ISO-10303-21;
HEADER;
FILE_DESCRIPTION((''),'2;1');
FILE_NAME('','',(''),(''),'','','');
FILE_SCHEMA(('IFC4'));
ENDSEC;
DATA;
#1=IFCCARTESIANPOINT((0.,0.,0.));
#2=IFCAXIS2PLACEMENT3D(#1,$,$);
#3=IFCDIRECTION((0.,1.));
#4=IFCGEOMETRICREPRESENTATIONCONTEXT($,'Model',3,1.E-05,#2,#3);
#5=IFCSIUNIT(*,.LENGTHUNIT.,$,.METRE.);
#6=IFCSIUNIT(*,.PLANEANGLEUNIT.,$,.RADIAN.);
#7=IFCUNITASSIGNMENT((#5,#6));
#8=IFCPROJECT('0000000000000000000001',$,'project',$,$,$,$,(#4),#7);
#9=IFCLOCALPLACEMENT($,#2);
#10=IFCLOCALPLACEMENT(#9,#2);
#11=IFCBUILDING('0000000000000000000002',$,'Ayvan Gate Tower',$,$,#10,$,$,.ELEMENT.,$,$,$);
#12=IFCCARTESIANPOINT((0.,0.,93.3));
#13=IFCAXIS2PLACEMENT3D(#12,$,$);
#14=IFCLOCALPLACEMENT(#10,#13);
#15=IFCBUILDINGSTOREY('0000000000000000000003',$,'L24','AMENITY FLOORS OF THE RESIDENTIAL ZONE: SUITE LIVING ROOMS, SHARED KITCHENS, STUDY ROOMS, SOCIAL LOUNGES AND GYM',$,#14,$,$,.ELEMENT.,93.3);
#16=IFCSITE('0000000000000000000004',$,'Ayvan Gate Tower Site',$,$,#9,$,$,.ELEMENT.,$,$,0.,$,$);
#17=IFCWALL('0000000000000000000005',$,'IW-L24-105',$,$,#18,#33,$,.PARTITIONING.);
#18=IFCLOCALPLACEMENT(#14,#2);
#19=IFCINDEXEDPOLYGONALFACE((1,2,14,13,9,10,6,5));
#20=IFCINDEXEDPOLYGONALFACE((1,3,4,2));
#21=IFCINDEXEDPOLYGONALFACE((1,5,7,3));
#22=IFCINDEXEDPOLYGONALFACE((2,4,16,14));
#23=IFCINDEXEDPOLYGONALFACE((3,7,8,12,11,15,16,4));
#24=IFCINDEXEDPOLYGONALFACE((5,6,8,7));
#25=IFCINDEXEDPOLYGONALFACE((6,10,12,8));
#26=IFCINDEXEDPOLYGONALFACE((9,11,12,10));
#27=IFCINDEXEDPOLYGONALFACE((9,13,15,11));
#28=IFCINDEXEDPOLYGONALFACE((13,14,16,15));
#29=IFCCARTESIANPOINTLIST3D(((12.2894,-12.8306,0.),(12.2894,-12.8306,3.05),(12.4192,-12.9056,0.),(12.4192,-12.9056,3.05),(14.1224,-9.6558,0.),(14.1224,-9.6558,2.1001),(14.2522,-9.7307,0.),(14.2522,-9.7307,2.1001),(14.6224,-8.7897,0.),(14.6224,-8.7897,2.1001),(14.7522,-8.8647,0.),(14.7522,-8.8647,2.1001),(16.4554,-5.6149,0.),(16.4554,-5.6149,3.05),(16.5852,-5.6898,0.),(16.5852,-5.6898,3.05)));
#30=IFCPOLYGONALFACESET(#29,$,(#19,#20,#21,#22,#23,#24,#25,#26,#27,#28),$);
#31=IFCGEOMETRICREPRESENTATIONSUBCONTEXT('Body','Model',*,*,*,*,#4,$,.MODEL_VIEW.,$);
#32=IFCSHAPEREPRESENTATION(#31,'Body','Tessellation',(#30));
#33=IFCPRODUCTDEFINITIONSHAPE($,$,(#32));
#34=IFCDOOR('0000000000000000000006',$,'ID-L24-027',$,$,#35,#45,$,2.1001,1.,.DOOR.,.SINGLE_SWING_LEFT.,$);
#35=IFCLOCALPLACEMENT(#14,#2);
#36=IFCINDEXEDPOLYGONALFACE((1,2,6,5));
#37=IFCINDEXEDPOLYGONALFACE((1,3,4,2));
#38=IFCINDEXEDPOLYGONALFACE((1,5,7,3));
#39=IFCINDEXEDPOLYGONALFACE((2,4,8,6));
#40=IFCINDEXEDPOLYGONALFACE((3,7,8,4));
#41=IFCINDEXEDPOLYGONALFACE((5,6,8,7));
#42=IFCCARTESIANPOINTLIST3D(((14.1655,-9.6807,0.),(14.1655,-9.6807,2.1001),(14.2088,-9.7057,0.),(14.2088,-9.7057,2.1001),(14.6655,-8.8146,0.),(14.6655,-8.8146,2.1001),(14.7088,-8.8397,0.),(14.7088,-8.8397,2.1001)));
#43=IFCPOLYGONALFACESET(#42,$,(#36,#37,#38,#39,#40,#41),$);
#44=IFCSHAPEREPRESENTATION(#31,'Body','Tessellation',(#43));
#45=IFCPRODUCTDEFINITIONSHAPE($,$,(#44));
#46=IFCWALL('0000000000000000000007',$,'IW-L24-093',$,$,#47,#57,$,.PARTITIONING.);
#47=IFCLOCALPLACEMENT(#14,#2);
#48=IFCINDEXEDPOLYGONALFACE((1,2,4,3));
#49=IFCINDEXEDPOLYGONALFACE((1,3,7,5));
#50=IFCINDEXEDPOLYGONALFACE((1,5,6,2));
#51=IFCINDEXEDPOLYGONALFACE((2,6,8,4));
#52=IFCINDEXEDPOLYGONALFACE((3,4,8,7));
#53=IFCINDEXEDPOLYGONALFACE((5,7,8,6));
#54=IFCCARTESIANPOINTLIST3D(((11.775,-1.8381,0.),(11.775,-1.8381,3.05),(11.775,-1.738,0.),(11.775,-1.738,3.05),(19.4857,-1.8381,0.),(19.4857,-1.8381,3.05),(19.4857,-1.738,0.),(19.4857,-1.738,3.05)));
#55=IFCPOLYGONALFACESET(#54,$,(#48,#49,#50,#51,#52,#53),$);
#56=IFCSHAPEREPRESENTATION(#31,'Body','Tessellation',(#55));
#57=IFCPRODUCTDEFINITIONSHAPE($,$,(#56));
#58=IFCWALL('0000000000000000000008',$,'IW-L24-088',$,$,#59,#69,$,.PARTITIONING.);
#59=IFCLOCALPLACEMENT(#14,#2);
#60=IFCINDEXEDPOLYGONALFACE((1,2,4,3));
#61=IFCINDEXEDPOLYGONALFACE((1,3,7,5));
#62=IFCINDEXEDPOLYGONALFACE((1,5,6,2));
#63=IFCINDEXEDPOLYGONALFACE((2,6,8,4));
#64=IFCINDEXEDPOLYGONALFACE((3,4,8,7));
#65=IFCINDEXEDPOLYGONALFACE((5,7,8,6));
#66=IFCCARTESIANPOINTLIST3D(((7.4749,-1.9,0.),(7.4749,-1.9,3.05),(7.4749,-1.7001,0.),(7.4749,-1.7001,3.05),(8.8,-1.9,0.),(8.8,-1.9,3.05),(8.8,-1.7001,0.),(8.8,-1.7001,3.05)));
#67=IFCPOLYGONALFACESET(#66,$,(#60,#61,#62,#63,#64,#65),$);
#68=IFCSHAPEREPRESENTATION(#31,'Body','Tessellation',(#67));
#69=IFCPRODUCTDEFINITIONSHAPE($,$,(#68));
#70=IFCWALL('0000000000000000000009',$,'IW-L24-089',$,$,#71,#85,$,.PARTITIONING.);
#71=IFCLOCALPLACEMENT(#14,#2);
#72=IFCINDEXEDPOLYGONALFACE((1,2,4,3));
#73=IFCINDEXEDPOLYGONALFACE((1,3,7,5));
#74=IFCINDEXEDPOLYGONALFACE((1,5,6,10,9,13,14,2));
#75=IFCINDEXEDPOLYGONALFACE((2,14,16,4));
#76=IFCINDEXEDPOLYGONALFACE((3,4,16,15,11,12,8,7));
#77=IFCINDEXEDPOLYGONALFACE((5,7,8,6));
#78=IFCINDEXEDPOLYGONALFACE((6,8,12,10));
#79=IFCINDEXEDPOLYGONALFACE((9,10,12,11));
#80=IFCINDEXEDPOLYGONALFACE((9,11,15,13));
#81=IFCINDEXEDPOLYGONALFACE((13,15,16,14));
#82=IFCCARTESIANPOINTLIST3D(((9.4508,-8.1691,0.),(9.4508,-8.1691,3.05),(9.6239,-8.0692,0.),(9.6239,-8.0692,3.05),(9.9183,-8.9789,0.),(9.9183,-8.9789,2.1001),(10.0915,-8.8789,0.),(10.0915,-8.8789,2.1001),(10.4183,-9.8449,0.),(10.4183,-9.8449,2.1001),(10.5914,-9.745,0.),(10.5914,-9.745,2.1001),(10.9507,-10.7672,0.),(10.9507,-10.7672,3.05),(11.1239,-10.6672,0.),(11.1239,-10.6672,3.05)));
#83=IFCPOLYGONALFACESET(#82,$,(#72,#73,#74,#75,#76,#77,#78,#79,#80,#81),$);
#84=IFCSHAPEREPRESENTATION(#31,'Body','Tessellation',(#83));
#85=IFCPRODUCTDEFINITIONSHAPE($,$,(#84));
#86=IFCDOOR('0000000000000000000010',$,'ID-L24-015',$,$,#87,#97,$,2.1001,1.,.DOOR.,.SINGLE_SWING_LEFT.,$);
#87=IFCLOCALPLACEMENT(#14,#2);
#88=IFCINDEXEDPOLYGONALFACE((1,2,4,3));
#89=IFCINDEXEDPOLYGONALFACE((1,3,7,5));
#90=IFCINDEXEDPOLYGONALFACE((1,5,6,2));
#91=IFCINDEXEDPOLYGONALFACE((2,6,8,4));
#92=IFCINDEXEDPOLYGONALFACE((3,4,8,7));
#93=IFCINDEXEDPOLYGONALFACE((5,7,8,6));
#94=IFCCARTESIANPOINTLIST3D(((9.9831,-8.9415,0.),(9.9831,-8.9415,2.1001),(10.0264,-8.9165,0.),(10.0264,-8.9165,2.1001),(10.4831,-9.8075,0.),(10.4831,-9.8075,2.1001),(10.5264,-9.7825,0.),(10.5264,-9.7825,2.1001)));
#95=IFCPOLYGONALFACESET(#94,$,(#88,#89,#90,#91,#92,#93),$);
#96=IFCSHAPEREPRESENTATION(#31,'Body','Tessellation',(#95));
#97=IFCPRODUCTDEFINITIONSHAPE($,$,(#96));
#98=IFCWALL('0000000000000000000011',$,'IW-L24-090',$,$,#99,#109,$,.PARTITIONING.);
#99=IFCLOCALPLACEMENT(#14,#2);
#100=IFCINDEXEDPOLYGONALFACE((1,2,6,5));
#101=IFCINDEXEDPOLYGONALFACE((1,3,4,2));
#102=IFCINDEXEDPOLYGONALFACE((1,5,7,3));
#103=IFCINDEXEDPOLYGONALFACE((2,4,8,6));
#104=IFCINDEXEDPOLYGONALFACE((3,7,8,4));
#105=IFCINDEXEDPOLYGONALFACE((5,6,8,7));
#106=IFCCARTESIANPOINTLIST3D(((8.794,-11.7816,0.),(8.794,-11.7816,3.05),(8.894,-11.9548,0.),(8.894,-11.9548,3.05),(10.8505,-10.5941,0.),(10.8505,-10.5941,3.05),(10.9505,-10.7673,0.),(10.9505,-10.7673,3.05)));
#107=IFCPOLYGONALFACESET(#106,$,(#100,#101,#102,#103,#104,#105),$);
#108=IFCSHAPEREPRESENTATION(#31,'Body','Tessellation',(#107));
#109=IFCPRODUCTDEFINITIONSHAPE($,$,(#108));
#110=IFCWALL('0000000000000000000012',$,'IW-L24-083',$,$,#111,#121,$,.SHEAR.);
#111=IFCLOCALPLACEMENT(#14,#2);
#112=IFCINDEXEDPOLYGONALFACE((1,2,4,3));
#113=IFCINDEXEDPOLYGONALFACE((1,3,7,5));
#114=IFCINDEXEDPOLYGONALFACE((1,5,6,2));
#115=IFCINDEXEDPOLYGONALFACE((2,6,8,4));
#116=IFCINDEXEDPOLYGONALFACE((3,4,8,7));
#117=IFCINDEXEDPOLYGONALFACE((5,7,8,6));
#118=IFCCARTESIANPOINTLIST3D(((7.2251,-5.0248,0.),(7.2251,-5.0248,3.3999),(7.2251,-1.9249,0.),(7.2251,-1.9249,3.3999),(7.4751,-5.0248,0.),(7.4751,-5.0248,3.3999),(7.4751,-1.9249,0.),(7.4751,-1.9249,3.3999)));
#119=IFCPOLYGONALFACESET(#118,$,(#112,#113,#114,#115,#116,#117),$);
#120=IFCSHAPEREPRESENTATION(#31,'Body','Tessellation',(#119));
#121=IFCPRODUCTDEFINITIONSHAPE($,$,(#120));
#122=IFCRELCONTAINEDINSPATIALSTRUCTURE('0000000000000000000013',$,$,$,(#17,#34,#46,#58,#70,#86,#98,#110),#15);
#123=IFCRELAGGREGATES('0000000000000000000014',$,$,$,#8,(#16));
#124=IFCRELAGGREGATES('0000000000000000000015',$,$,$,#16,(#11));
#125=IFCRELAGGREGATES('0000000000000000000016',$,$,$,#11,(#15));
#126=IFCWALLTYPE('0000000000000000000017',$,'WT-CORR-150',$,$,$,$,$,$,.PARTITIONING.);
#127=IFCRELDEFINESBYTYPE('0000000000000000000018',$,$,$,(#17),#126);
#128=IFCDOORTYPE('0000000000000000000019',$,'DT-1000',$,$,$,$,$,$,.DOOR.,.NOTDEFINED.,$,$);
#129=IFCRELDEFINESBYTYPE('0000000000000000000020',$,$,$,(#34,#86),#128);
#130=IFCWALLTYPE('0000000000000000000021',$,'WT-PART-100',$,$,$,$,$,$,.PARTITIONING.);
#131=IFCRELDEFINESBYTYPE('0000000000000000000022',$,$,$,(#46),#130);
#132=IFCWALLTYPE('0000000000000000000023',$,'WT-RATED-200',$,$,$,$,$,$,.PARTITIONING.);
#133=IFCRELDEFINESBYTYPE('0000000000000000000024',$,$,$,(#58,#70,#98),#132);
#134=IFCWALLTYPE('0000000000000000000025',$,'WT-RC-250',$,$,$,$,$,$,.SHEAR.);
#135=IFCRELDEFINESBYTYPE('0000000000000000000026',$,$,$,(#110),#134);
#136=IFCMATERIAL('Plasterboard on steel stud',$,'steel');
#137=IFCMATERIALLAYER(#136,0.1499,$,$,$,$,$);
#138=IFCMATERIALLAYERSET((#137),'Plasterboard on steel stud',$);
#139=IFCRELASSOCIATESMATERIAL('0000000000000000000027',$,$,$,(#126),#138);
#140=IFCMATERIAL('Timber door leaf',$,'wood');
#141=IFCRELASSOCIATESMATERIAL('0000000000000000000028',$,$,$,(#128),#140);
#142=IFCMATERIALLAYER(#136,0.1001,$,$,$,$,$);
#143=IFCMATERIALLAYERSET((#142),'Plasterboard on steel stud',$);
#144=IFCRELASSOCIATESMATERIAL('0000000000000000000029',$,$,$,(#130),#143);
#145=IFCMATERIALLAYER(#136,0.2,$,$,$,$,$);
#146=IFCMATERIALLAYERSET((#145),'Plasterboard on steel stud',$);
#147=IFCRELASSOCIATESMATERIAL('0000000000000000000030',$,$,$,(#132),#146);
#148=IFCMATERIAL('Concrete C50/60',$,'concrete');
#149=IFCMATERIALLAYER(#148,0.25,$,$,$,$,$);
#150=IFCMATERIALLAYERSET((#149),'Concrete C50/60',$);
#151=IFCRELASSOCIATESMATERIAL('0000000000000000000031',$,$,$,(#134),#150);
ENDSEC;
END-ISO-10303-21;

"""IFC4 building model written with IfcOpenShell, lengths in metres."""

from ifc_helpers import new_model, si_unit, direction, frame, frame_2d, origin, place, context, subcontext, project, spatial, rectangle, extrude, material, layer, layer_set, type_object, element, fill, save


model = new_model("IFC4")

# Units and contexts
model_context = context("Model", 3, precision=1e-05, world=origin(), true_north=direction((0.0, 1.0)))
body_context = subcontext(model_context, "Body", "Model", "MODEL_VIEW")
ifc_project = project(units=[si_unit("LENGTHUNIT", "METRE"), si_unit("PLANEANGLEUNIT", "RADIAN")], contexts=[model_context])

# Site, building, storey
site_placement = place(None, origin())
site = spatial("IfcSite", under=ifc_project, at=site_placement, Name="Ayvan Gate Tower Site", CompositionType="ELEMENT", RefElevation=0.0)
building_placement = place(site_placement, origin())
building = spatial("IfcBuilding", under=site, at=building_placement, Name="Ayvan Gate Tower", CompositionType="ELEMENT")
storey_placement = place(building_placement, frame((0.0, 0.0, 93.3)))
storey = spatial("IfcBuildingStorey", under=building, at=storey_placement, Name="L24", Description="AMENITY FLOORS OF THE RESIDENTIAL ZONE: SUITE LIVING ROOMS, SHARED KITCHENS, STUDY ROOMS, SOCIAL LOUNGES AND GYM", CompositionType="ELEMENT", Elevation=93.3)

# Wall, opening, door
ifc_material_1 = material(Name="Timber door leaf", Category="wood")
ifc_material_2 = material(Name="Plasterboard on steel stud", Category="steel")
ifc_layer_1 = layer(ifc_material_2, 0.1499)
ifc_layer_set_1 = layer_set([ifc_layer_1], Name="Plasterboard on steel stud")
wall_type_1 = type_object("IfcWallType", Name="WT-CORR-150", PredefinedType="PARTITIONING", material=ifc_layer_set_1)
door_type_1 = type_object("IfcDoorType", Name="DT-1000", OperationType="NOTDEFINED", PredefinedType="DOOR", material=ifc_material_1)
wall_1_placement = place(storey_placement, frame((16.5203, -5.6523, 0.0), z_axis=(0.0, 0.0, 1.0), x_axis=(-0.499996, -0.866027, 0.0)))
wall_1 = element("IfcWall", 1, at=wall_1_placement, inside=storey, type_object=wall_type_1, Name="IW-L24-105", PredefinedType="PARTITIONING", context=body_context, shape_type="SweptSolid", body=[
    extrude(rectangle(XDim=8.332, YDim=0.1499, at=frame_2d((4.166, 0.0))), origin(), (0.0, 0.0, 1.0), 3.05),
])
opening_1_placement = place(wall_1_placement, frame((3.666, 0.0, 0.0)))
opening_1 = element("IfcOpeningElement", 2, at=opening_1_placement, cuts=wall_1, PredefinedType="OPENING", context=body_context, shape_type="SweptSolid", body=[
    extrude(rectangle(XDim=1.0, YDim=2.1001, at=frame_2d((0.5, 1.05))), frame((0.0, 0.085, 0.0), z_axis=(0.0, -1.0, 0.0), x_axis=(1.0, 0.0, 0.0)), (0.0, 0.0, 1.0), 0.1699),
])
door_1_placement = place(opening_1_placement, origin())
door_1 = element("IfcDoor", 3, at=door_1_placement, inside=storey, type_object=door_type_1, Name="ID-L24-027", OperationType="SINGLE_SWING_LEFT", OverallHeight=2.1001, OverallWidth=1.0, PredefinedType="DOOR", context=body_context, shape_type="SweptSolid", body=[
    extrude(rectangle(XDim=1.0, YDim=2.1001, at=frame_2d((0.5, 1.05))), frame((0.0, 0.0249, 0.0), z_axis=(0.0, -1.0, 0.0), x_axis=(1.0, 0.0, 0.0)), (0.0, 0.0, 1.0), 0.05),
])
fill(opening_1, door_1)

# Walls
ifc_layer_2 = layer(ifc_material_2, 0.1001)
ifc_layer_set_2 = layer_set([ifc_layer_2], Name="Plasterboard on steel stud")
wall_type_2 = type_object("IfcWallType", Name="WT-PART-100", PredefinedType="PARTITIONING", material=ifc_layer_set_2)
wall_2_placement = place(storey_placement, frame((11.7749, -1.7881, 0.0), z_axis=(0.0, 0.0, 1.0), x_axis=(1.0, 0.0, 0.0)))
element("IfcWall", 4, at=wall_2_placement, inside=storey, type_object=wall_type_2, Name="IW-L24-093", PredefinedType="PARTITIONING", context=body_context, shape_type="SweptSolid", body=[
    extrude(rectangle(XDim=7.7107, YDim=0.1001, at=frame_2d((3.8555, 0.0))), origin(), (0.0, 0.0, 1.0), 3.05),
])
ifc_layer_3 = layer(ifc_material_2, 0.2)
ifc_layer_set_3 = layer_set([ifc_layer_3], Name="Plasterboard on steel stud")
wall_type_3 = type_object("IfcWallType", Name="WT-RATED-200", PredefinedType="PARTITIONING", material=ifc_layer_set_3)
wall_3_placement = place(storey_placement, frame((8.8, -1.8, 0.0), z_axis=(0.0, 0.0, 1.0), x_axis=(-1.0, 0.0, 0.0)))
element("IfcWall", 5, at=wall_3_placement, inside=storey, type_object=wall_type_3, Name="IW-L24-088", PredefinedType="PARTITIONING", context=body_context, shape_type="SweptSolid", body=[
    extrude(rectangle(XDim=1.3252, YDim=0.2, at=frame_2d((0.6626, 0.0))), origin(), (0.0, 0.0, 1.0), 3.05),
])

# Wall, opening, door
wall_4_placement = place(storey_placement, frame((9.5374, -8.1191, 0.0), z_axis=(0.0, 0.0, 1.0), x_axis=(0.49999, -0.866031, 0.0)))
wall_4 = element("IfcWall", 6, at=wall_4_placement, inside=storey, type_object=wall_type_3, Name="IW-L24-089", PredefinedType="PARTITIONING", context=body_context, shape_type="SweptSolid", body=[
    extrude(rectangle(XDim=3.0, YDim=0.2, at=frame_2d((1.5, 0.0))), origin(), (0.0, 0.0, 1.0), 3.05),
])
opening_2_placement = place(wall_4_placement, frame((0.9351, 0.0, 0.0)))
opening_2 = element("IfcOpeningElement", 7, at=opening_2_placement, cuts=wall_4, PredefinedType="OPENING", context=body_context, shape_type="SweptSolid", body=[
    extrude(rectangle(XDim=1.0, YDim=2.1001, at=frame_2d((0.5, 1.05))), frame((0.0, 0.1099, 0.0), z_axis=(0.0, -1.0, 0.0), x_axis=(1.0, 0.0, 0.0)), (0.0, 0.0, 1.0), 0.22),
])
door_2_placement = place(opening_2_placement, origin())
door_2 = element("IfcDoor", 8, at=door_2_placement, inside=storey, type_object=door_type_1, Name="ID-L24-015", OperationType="SINGLE_SWING_LEFT", OverallHeight=2.1001, OverallWidth=1.0, PredefinedType="DOOR", context=body_context, shape_type="SweptSolid", body=[
    extrude(rectangle(XDim=1.0, YDim=2.1001, at=frame_2d((0.5, 1.05))), frame((0.0, 0.0249, 0.0), z_axis=(0.0, -1.0, 0.0), x_axis=(1.0, 0.0, 0.0)), (0.0, 0.0, 1.0), 0.05),
])
fill(opening_2, door_2)

# Walls
wall_5_placement = place(storey_placement, frame((10.9006, -10.6807, 0.0), z_axis=(0.0, 0.0, 1.0), x_axis=(-0.866008, -0.500031, 0.0)))
element("IfcWall", 9, at=wall_5_placement, inside=storey, type_object=wall_type_3, Name="IW-L24-090", PredefinedType="PARTITIONING", context=body_context, shape_type="SweptSolid", body=[
    extrude(rectangle(XDim=2.3748, YDim=0.2, at=frame_2d((1.1875, 0.0))), origin(), (0.0, 0.0, 1.0), 3.05),
])
ifc_material_3 = material(Name="Concrete C50/60", Category="concrete")
ifc_layer_4 = layer(ifc_material_3, 0.25)
ifc_layer_set_4 = layer_set([ifc_layer_4], Name="Concrete C50/60")
wall_type_4 = type_object("IfcWallType", Name="WT-RC-250", PredefinedType="SHEAR", material=ifc_layer_set_4)
wall_6_placement = place(storey_placement, frame((7.3501, -1.925, 0.0), z_axis=(0.0, 0.0, 1.0), x_axis=(0.0, -1.0, 0.0)))
element("IfcWall", 10, at=wall_6_placement, inside=storey, type_object=wall_type_4, Name="IW-L24-083", PredefinedType="SHEAR", context=body_context, shape_type="SweptSolid", body=[
    extrude(rectangle(XDim=3.0999, YDim=0.25, at=frame_2d((1.5498, 0.0))), origin(), (0.0, 0.0, 1.0), 3.3999),
])

save(model, "model.ifc")
